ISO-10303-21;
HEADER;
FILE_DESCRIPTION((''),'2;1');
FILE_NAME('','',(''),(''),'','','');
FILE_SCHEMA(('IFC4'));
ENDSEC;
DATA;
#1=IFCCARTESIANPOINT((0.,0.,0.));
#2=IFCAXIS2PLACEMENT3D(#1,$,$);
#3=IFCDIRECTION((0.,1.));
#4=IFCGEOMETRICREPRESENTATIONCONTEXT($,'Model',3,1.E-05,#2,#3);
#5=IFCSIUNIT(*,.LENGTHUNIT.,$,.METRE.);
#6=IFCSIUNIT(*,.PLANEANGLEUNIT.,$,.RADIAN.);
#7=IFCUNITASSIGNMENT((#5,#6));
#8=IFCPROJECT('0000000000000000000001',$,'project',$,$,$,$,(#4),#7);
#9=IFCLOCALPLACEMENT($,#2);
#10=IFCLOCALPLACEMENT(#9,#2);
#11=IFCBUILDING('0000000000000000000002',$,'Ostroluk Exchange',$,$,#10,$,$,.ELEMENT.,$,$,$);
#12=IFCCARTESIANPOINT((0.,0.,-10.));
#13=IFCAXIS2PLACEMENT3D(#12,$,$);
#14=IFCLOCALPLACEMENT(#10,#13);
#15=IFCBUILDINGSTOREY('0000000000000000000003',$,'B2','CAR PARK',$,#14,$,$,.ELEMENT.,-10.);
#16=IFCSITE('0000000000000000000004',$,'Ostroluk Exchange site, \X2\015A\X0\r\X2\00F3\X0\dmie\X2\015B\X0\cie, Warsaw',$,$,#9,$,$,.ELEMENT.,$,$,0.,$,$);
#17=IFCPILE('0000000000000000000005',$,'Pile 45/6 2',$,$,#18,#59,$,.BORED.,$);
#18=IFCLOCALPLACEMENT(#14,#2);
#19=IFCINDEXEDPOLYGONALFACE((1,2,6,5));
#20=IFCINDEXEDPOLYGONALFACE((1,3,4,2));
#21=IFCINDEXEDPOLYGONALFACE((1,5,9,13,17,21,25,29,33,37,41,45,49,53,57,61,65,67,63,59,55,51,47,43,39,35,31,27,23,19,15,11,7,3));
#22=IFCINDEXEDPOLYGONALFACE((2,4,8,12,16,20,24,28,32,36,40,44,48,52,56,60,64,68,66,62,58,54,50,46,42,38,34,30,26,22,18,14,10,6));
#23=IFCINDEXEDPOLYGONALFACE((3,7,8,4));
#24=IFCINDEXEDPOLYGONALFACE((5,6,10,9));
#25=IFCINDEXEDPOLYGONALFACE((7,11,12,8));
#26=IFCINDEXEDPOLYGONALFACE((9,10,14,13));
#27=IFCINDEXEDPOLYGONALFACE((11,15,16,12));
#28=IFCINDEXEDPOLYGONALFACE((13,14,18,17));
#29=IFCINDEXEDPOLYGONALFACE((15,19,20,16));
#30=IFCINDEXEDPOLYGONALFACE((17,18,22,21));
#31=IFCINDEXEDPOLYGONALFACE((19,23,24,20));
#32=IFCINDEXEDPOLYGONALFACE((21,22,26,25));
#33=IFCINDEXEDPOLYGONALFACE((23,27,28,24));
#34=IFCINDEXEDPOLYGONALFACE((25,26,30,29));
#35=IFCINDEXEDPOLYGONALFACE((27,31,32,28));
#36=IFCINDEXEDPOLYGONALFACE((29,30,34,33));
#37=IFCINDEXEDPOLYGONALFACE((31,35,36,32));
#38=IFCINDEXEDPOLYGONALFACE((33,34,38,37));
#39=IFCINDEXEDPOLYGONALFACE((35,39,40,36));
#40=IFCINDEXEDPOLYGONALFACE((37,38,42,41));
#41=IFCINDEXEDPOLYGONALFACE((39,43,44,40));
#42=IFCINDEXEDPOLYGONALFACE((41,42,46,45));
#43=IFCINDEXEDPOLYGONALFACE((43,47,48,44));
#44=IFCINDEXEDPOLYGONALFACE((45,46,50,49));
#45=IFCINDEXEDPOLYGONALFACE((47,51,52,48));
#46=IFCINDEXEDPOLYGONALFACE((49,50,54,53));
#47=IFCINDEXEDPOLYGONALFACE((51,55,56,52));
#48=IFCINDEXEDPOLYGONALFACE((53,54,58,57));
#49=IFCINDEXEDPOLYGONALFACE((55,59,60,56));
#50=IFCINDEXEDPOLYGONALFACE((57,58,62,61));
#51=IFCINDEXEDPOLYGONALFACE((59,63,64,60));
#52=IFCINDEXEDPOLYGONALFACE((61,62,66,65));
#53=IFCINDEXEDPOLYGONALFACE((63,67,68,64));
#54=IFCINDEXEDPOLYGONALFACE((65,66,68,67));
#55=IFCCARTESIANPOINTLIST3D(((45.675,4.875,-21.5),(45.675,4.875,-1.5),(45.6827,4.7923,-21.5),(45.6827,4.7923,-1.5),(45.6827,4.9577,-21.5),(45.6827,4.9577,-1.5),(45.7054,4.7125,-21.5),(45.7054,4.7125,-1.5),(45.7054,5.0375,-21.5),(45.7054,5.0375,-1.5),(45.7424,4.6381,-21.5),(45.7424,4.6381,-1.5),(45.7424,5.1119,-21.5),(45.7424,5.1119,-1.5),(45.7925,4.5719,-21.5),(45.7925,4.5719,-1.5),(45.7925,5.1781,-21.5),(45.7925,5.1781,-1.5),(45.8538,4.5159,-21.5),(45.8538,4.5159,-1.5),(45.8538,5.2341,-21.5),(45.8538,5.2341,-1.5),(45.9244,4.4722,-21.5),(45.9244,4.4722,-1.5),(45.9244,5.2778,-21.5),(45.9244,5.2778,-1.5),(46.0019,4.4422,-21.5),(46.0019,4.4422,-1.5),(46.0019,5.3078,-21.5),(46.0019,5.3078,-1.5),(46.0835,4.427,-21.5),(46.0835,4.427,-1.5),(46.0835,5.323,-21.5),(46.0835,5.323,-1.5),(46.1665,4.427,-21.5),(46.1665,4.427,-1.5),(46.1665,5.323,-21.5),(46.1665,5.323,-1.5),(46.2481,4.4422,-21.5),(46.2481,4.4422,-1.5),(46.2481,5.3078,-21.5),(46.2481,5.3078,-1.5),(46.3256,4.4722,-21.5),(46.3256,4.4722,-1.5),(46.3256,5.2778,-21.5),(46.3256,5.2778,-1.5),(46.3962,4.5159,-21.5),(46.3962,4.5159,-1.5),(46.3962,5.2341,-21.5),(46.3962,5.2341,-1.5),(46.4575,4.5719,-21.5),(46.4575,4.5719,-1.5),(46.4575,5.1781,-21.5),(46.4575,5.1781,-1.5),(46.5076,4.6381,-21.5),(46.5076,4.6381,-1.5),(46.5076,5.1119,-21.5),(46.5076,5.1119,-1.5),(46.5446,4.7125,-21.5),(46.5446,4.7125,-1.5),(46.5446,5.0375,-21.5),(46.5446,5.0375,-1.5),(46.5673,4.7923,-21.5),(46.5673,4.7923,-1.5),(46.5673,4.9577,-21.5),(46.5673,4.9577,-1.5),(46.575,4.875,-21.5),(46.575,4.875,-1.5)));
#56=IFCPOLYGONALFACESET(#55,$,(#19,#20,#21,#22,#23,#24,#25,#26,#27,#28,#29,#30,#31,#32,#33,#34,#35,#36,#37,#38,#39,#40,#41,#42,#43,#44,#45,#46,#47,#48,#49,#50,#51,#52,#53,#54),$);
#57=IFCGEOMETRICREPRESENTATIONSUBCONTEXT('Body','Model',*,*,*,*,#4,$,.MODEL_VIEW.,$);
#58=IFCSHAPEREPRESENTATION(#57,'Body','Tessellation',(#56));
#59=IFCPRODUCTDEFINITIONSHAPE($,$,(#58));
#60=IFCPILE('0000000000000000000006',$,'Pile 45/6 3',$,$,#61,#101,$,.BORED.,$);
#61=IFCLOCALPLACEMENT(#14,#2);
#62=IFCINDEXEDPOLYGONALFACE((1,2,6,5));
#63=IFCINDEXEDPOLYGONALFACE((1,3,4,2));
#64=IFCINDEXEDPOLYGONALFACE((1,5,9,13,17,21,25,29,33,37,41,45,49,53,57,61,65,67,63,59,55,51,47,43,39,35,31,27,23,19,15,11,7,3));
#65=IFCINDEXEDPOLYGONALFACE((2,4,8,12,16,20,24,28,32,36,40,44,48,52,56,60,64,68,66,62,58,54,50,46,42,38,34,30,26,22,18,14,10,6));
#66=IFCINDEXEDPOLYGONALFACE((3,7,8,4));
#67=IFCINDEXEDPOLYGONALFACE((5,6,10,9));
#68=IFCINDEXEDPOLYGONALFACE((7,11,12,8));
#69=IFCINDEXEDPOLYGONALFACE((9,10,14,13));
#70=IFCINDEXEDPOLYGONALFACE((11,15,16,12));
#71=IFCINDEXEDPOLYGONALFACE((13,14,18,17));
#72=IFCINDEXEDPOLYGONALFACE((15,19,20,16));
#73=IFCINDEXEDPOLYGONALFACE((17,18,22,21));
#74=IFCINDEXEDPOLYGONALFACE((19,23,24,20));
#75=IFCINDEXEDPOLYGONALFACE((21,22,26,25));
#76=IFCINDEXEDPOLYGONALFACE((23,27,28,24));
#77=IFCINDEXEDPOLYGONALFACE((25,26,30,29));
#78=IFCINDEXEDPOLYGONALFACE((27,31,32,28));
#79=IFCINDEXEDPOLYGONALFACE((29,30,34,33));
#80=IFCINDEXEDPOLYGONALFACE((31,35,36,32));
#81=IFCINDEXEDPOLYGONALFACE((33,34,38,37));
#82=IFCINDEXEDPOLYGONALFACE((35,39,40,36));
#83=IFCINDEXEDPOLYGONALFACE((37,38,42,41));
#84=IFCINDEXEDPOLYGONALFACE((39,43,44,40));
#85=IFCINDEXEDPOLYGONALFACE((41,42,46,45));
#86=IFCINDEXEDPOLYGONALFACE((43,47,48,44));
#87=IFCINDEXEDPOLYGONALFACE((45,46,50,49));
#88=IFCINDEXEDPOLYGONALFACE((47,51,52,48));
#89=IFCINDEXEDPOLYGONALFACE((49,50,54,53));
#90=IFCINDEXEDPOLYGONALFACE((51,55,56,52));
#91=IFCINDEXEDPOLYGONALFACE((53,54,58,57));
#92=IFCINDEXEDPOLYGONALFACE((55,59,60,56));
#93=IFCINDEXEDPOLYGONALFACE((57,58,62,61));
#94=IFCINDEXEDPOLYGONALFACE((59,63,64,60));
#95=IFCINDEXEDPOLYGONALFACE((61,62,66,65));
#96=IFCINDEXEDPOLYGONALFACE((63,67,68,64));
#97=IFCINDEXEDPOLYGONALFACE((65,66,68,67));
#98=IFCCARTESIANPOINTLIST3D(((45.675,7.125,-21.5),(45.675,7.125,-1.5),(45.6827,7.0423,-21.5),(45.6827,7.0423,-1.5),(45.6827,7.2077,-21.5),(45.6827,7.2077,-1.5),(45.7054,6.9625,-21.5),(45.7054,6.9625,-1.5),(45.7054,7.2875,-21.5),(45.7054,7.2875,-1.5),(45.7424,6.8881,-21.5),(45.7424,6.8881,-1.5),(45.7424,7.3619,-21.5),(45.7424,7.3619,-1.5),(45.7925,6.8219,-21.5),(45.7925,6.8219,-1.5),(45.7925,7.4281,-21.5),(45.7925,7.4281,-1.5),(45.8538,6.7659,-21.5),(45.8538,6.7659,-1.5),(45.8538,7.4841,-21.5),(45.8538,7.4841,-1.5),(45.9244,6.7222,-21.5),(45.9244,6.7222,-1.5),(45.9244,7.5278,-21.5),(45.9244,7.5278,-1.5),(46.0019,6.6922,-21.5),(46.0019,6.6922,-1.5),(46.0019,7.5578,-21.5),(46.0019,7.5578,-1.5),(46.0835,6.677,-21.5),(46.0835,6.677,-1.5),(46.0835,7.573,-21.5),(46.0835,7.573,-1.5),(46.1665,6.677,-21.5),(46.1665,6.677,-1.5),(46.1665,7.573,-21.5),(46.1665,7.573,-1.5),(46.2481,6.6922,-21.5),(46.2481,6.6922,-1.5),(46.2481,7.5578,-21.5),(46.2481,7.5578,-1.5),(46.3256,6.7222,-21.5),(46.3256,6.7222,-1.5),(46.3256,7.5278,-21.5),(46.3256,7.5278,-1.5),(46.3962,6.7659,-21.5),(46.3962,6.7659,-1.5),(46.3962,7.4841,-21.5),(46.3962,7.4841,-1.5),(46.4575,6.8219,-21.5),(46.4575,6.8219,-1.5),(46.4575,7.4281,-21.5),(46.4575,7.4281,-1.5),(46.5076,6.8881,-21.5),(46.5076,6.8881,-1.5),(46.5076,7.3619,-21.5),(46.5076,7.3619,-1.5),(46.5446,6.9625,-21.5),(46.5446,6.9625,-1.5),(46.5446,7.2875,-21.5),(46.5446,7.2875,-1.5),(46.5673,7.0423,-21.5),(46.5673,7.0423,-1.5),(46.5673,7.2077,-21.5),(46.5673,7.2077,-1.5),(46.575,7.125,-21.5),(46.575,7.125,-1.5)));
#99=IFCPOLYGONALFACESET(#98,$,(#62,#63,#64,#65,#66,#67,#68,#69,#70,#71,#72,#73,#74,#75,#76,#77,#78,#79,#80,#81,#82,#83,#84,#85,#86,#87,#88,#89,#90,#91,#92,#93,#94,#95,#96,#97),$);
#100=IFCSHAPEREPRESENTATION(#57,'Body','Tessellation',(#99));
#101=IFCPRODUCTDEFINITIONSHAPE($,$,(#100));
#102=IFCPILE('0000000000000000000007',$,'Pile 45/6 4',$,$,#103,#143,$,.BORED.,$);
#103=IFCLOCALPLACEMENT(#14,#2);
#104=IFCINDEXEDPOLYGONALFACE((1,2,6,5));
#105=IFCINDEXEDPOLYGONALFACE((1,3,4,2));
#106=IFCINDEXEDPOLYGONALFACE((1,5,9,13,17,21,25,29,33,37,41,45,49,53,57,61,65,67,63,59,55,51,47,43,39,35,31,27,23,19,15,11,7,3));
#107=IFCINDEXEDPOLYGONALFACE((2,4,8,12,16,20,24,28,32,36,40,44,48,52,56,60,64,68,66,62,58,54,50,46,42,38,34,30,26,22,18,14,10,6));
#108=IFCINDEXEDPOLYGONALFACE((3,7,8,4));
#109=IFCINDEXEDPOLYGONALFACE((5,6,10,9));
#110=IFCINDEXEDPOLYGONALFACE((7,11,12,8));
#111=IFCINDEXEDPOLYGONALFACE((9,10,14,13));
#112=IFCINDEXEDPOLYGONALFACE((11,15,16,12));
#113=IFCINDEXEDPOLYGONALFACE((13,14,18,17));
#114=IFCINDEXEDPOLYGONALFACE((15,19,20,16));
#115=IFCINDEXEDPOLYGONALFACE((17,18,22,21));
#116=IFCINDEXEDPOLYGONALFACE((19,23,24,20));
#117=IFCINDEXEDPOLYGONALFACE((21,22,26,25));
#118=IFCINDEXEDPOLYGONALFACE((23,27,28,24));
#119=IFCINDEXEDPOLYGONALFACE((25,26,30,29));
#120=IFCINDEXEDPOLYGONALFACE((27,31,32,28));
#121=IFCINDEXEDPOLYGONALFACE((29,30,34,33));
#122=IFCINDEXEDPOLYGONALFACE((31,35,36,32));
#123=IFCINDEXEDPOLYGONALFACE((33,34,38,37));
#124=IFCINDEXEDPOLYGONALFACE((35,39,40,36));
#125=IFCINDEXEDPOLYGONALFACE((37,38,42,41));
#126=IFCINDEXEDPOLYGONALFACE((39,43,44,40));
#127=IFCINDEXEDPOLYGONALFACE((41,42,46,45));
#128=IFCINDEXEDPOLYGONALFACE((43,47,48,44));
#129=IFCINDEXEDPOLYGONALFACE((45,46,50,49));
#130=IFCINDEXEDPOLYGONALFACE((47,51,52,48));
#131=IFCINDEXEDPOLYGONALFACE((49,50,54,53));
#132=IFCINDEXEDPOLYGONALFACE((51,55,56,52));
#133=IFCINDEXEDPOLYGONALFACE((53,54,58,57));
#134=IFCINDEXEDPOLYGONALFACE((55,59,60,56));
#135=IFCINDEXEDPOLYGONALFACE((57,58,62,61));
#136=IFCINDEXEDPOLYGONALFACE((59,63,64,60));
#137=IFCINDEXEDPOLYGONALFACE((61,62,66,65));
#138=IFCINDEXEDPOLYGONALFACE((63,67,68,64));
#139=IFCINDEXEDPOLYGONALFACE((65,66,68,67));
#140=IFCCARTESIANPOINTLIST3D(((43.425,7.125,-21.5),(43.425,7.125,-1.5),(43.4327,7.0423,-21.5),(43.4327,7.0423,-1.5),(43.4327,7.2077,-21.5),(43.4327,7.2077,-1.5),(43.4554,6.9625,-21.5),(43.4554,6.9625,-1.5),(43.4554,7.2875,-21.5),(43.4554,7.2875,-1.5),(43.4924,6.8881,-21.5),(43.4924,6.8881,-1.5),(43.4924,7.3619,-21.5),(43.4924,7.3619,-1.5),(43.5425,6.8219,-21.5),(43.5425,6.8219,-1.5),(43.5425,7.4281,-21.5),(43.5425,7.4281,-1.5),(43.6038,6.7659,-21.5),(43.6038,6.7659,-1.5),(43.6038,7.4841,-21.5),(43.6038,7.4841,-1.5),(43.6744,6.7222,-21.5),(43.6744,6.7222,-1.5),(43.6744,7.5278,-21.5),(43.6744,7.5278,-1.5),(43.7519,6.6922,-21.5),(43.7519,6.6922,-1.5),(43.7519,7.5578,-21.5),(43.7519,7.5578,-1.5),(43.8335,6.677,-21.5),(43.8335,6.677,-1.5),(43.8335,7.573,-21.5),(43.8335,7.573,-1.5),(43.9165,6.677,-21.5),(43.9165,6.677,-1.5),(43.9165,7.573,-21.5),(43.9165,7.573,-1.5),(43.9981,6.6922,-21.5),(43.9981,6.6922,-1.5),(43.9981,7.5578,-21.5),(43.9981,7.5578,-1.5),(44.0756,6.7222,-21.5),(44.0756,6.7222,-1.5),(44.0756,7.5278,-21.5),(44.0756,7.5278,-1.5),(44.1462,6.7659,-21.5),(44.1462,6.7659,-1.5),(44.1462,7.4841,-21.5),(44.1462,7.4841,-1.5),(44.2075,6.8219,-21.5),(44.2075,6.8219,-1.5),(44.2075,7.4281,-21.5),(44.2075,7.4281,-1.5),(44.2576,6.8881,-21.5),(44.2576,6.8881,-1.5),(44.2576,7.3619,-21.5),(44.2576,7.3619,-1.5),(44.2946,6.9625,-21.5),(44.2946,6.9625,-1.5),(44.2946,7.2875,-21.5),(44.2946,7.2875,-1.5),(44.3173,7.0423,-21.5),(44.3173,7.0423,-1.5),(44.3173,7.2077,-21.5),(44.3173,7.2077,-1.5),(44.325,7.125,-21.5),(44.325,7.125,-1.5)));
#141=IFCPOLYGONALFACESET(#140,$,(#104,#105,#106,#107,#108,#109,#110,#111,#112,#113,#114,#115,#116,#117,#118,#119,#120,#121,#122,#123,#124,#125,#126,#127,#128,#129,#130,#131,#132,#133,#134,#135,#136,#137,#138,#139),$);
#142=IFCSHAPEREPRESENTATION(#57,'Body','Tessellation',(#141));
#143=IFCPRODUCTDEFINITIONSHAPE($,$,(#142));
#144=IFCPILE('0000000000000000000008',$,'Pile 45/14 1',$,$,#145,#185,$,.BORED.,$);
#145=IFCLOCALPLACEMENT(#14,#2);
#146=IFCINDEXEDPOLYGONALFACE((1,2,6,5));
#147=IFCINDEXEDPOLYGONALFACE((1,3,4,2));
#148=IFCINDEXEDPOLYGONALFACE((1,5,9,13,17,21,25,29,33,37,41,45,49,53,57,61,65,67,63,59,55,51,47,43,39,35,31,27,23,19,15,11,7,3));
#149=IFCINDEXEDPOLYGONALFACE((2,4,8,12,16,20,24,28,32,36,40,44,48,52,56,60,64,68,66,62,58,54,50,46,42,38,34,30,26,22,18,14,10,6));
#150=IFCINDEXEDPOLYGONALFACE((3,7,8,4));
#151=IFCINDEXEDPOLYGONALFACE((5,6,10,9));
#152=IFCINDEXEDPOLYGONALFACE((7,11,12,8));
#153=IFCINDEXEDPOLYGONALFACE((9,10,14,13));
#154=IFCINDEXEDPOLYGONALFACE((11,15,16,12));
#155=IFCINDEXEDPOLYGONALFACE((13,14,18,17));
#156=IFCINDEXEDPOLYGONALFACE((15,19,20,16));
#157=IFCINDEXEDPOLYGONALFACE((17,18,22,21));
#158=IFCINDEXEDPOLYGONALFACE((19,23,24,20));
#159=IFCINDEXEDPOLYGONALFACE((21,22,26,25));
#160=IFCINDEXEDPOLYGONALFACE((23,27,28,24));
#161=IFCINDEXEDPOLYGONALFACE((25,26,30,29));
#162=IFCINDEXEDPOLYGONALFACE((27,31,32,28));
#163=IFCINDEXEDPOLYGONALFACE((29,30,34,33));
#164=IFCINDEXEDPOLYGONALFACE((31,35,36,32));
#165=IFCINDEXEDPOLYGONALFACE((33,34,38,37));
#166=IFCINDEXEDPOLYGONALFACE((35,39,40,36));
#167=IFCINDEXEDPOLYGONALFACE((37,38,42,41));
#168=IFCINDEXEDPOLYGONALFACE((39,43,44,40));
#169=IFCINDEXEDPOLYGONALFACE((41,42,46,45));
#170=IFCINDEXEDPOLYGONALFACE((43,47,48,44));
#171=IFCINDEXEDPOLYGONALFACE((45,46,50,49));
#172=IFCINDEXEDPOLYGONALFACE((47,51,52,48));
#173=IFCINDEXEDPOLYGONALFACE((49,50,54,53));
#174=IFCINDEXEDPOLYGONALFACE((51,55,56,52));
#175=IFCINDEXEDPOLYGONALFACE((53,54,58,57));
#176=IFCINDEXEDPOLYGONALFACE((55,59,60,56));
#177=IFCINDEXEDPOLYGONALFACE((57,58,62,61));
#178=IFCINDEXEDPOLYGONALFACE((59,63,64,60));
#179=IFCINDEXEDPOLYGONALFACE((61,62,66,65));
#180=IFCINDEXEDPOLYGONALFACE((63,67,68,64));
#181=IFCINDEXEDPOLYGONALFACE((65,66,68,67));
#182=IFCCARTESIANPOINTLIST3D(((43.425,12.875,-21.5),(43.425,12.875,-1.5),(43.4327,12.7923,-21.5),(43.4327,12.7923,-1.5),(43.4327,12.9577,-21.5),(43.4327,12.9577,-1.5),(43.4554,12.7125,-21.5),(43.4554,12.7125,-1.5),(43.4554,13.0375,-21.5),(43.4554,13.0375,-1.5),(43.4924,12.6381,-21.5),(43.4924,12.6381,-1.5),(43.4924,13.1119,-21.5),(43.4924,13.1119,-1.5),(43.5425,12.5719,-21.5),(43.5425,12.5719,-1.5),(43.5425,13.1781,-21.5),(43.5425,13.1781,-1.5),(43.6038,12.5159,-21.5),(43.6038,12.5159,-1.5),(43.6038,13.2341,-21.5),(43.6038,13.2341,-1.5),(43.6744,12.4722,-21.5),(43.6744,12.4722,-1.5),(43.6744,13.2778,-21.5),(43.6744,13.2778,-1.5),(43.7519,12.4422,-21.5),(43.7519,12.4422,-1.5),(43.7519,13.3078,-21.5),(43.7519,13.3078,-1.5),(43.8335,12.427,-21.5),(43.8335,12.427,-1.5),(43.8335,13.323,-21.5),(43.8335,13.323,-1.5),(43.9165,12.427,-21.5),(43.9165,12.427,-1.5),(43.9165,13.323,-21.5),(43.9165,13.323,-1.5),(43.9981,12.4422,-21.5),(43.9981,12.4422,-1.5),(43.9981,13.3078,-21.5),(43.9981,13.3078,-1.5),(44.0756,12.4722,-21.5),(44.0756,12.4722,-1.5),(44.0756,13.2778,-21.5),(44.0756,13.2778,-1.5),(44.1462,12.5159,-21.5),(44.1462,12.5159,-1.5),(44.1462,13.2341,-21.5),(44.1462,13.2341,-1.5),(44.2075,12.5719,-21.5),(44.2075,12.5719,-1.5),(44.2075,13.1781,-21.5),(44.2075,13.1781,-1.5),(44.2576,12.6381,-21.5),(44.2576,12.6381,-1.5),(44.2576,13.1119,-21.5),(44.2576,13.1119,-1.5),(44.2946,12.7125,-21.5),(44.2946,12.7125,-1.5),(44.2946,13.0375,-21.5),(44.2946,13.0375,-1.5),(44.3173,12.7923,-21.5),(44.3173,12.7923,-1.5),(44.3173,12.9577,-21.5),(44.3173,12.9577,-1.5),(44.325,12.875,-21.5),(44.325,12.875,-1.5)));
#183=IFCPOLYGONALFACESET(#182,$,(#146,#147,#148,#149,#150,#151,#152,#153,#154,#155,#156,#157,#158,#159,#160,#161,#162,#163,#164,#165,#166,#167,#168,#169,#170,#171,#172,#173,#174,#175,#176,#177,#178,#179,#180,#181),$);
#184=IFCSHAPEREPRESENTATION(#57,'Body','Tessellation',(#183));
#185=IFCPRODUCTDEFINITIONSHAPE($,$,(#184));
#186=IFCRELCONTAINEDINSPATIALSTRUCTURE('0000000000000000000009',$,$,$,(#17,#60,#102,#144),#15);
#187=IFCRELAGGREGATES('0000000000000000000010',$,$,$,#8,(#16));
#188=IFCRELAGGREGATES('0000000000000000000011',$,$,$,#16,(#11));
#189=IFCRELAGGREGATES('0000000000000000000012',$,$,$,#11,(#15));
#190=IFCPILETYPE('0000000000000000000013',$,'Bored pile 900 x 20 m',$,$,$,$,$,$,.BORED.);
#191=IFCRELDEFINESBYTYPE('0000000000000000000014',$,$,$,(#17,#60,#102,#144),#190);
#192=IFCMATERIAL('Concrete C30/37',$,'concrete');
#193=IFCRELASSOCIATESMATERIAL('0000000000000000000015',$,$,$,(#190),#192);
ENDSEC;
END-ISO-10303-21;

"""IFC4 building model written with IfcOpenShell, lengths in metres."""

from ifc_helpers import new_model, si_unit, direction, frame, origin, origin_2d, place, context, subcontext, project, spatial, circle, extrude, material, type_object, element, save


model = new_model("IFC4")

# Units and contexts
model_context = context("Model", 3, precision=1e-05, world=origin(), true_north=direction((0.0, 1.0)))
body_context = subcontext(model_context, "Body", "Model", "MODEL_VIEW")
ifc_project = project(units=[si_unit("LENGTHUNIT", "METRE"), si_unit("PLANEANGLEUNIT", "RADIAN")], contexts=[model_context])

# Site, building, storey
site_placement = place(None, origin())
site = spatial("IfcSite", under=ifc_project, at=site_placement, Name="Ostroluk Exchange site, Śródmieście, Warsaw", CompositionType="ELEMENT", RefElevation=0.0)
building_placement = place(site_placement, origin())
building = spatial("IfcBuilding", under=site, at=building_placement, Name="Ostroluk Exchange", CompositionType="ELEMENT")
storey_placement = place(building_placement, frame((0.0, 0.0, -10.0)))
storey = spatial("IfcBuildingStorey", under=building, at=storey_placement, Name="B2", Description="CAR PARK", CompositionType="ELEMENT", Elevation=-10.0)

# Piles
ifc_material_1 = material(Name="Concrete C30/37", Category="concrete")
pile_type = type_object("IfcPileType", Name="Bored pile 900 x 20 m", PredefinedType="BORED", material=ifc_material_1)
for number, where, z_axis, x_axis, name in (
    (1, (46.125, 4.875, -1.5), (0.0, 0.0, -1.0), (1.0, 0.0, 0.0), "Pile 45/6 2"),
    (2, (46.125, 7.125, -1.5), (0.0, 0.0, -1.0), (1.0, 0.0, 0.0), "Pile 45/6 3"),
    (3, (43.875, 7.125, -1.5), (0.0, 0.0, -1.0), (1.0, 0.0, 0.0), "Pile 45/6 4"),
    (4, (43.875, 12.875, -1.5), (0.0, 0.0, -1.0), (1.0, 0.0, 0.0), "Pile 45/14 1"),
):
    element("IfcPile", number, at=place(storey_placement, frame(where, z_axis=z_axis, x_axis=x_axis)), inside=storey, type_object=pile_type, Name=name, PredefinedType="BORED", context=body_context, shape_type="SweptSolid", body=[
        extrude(circle(Radius=0.45, at=origin_2d()), origin(), (0.0, 0.0, 1.0), 20.0),
    ])

save(model, "model.ifc")
